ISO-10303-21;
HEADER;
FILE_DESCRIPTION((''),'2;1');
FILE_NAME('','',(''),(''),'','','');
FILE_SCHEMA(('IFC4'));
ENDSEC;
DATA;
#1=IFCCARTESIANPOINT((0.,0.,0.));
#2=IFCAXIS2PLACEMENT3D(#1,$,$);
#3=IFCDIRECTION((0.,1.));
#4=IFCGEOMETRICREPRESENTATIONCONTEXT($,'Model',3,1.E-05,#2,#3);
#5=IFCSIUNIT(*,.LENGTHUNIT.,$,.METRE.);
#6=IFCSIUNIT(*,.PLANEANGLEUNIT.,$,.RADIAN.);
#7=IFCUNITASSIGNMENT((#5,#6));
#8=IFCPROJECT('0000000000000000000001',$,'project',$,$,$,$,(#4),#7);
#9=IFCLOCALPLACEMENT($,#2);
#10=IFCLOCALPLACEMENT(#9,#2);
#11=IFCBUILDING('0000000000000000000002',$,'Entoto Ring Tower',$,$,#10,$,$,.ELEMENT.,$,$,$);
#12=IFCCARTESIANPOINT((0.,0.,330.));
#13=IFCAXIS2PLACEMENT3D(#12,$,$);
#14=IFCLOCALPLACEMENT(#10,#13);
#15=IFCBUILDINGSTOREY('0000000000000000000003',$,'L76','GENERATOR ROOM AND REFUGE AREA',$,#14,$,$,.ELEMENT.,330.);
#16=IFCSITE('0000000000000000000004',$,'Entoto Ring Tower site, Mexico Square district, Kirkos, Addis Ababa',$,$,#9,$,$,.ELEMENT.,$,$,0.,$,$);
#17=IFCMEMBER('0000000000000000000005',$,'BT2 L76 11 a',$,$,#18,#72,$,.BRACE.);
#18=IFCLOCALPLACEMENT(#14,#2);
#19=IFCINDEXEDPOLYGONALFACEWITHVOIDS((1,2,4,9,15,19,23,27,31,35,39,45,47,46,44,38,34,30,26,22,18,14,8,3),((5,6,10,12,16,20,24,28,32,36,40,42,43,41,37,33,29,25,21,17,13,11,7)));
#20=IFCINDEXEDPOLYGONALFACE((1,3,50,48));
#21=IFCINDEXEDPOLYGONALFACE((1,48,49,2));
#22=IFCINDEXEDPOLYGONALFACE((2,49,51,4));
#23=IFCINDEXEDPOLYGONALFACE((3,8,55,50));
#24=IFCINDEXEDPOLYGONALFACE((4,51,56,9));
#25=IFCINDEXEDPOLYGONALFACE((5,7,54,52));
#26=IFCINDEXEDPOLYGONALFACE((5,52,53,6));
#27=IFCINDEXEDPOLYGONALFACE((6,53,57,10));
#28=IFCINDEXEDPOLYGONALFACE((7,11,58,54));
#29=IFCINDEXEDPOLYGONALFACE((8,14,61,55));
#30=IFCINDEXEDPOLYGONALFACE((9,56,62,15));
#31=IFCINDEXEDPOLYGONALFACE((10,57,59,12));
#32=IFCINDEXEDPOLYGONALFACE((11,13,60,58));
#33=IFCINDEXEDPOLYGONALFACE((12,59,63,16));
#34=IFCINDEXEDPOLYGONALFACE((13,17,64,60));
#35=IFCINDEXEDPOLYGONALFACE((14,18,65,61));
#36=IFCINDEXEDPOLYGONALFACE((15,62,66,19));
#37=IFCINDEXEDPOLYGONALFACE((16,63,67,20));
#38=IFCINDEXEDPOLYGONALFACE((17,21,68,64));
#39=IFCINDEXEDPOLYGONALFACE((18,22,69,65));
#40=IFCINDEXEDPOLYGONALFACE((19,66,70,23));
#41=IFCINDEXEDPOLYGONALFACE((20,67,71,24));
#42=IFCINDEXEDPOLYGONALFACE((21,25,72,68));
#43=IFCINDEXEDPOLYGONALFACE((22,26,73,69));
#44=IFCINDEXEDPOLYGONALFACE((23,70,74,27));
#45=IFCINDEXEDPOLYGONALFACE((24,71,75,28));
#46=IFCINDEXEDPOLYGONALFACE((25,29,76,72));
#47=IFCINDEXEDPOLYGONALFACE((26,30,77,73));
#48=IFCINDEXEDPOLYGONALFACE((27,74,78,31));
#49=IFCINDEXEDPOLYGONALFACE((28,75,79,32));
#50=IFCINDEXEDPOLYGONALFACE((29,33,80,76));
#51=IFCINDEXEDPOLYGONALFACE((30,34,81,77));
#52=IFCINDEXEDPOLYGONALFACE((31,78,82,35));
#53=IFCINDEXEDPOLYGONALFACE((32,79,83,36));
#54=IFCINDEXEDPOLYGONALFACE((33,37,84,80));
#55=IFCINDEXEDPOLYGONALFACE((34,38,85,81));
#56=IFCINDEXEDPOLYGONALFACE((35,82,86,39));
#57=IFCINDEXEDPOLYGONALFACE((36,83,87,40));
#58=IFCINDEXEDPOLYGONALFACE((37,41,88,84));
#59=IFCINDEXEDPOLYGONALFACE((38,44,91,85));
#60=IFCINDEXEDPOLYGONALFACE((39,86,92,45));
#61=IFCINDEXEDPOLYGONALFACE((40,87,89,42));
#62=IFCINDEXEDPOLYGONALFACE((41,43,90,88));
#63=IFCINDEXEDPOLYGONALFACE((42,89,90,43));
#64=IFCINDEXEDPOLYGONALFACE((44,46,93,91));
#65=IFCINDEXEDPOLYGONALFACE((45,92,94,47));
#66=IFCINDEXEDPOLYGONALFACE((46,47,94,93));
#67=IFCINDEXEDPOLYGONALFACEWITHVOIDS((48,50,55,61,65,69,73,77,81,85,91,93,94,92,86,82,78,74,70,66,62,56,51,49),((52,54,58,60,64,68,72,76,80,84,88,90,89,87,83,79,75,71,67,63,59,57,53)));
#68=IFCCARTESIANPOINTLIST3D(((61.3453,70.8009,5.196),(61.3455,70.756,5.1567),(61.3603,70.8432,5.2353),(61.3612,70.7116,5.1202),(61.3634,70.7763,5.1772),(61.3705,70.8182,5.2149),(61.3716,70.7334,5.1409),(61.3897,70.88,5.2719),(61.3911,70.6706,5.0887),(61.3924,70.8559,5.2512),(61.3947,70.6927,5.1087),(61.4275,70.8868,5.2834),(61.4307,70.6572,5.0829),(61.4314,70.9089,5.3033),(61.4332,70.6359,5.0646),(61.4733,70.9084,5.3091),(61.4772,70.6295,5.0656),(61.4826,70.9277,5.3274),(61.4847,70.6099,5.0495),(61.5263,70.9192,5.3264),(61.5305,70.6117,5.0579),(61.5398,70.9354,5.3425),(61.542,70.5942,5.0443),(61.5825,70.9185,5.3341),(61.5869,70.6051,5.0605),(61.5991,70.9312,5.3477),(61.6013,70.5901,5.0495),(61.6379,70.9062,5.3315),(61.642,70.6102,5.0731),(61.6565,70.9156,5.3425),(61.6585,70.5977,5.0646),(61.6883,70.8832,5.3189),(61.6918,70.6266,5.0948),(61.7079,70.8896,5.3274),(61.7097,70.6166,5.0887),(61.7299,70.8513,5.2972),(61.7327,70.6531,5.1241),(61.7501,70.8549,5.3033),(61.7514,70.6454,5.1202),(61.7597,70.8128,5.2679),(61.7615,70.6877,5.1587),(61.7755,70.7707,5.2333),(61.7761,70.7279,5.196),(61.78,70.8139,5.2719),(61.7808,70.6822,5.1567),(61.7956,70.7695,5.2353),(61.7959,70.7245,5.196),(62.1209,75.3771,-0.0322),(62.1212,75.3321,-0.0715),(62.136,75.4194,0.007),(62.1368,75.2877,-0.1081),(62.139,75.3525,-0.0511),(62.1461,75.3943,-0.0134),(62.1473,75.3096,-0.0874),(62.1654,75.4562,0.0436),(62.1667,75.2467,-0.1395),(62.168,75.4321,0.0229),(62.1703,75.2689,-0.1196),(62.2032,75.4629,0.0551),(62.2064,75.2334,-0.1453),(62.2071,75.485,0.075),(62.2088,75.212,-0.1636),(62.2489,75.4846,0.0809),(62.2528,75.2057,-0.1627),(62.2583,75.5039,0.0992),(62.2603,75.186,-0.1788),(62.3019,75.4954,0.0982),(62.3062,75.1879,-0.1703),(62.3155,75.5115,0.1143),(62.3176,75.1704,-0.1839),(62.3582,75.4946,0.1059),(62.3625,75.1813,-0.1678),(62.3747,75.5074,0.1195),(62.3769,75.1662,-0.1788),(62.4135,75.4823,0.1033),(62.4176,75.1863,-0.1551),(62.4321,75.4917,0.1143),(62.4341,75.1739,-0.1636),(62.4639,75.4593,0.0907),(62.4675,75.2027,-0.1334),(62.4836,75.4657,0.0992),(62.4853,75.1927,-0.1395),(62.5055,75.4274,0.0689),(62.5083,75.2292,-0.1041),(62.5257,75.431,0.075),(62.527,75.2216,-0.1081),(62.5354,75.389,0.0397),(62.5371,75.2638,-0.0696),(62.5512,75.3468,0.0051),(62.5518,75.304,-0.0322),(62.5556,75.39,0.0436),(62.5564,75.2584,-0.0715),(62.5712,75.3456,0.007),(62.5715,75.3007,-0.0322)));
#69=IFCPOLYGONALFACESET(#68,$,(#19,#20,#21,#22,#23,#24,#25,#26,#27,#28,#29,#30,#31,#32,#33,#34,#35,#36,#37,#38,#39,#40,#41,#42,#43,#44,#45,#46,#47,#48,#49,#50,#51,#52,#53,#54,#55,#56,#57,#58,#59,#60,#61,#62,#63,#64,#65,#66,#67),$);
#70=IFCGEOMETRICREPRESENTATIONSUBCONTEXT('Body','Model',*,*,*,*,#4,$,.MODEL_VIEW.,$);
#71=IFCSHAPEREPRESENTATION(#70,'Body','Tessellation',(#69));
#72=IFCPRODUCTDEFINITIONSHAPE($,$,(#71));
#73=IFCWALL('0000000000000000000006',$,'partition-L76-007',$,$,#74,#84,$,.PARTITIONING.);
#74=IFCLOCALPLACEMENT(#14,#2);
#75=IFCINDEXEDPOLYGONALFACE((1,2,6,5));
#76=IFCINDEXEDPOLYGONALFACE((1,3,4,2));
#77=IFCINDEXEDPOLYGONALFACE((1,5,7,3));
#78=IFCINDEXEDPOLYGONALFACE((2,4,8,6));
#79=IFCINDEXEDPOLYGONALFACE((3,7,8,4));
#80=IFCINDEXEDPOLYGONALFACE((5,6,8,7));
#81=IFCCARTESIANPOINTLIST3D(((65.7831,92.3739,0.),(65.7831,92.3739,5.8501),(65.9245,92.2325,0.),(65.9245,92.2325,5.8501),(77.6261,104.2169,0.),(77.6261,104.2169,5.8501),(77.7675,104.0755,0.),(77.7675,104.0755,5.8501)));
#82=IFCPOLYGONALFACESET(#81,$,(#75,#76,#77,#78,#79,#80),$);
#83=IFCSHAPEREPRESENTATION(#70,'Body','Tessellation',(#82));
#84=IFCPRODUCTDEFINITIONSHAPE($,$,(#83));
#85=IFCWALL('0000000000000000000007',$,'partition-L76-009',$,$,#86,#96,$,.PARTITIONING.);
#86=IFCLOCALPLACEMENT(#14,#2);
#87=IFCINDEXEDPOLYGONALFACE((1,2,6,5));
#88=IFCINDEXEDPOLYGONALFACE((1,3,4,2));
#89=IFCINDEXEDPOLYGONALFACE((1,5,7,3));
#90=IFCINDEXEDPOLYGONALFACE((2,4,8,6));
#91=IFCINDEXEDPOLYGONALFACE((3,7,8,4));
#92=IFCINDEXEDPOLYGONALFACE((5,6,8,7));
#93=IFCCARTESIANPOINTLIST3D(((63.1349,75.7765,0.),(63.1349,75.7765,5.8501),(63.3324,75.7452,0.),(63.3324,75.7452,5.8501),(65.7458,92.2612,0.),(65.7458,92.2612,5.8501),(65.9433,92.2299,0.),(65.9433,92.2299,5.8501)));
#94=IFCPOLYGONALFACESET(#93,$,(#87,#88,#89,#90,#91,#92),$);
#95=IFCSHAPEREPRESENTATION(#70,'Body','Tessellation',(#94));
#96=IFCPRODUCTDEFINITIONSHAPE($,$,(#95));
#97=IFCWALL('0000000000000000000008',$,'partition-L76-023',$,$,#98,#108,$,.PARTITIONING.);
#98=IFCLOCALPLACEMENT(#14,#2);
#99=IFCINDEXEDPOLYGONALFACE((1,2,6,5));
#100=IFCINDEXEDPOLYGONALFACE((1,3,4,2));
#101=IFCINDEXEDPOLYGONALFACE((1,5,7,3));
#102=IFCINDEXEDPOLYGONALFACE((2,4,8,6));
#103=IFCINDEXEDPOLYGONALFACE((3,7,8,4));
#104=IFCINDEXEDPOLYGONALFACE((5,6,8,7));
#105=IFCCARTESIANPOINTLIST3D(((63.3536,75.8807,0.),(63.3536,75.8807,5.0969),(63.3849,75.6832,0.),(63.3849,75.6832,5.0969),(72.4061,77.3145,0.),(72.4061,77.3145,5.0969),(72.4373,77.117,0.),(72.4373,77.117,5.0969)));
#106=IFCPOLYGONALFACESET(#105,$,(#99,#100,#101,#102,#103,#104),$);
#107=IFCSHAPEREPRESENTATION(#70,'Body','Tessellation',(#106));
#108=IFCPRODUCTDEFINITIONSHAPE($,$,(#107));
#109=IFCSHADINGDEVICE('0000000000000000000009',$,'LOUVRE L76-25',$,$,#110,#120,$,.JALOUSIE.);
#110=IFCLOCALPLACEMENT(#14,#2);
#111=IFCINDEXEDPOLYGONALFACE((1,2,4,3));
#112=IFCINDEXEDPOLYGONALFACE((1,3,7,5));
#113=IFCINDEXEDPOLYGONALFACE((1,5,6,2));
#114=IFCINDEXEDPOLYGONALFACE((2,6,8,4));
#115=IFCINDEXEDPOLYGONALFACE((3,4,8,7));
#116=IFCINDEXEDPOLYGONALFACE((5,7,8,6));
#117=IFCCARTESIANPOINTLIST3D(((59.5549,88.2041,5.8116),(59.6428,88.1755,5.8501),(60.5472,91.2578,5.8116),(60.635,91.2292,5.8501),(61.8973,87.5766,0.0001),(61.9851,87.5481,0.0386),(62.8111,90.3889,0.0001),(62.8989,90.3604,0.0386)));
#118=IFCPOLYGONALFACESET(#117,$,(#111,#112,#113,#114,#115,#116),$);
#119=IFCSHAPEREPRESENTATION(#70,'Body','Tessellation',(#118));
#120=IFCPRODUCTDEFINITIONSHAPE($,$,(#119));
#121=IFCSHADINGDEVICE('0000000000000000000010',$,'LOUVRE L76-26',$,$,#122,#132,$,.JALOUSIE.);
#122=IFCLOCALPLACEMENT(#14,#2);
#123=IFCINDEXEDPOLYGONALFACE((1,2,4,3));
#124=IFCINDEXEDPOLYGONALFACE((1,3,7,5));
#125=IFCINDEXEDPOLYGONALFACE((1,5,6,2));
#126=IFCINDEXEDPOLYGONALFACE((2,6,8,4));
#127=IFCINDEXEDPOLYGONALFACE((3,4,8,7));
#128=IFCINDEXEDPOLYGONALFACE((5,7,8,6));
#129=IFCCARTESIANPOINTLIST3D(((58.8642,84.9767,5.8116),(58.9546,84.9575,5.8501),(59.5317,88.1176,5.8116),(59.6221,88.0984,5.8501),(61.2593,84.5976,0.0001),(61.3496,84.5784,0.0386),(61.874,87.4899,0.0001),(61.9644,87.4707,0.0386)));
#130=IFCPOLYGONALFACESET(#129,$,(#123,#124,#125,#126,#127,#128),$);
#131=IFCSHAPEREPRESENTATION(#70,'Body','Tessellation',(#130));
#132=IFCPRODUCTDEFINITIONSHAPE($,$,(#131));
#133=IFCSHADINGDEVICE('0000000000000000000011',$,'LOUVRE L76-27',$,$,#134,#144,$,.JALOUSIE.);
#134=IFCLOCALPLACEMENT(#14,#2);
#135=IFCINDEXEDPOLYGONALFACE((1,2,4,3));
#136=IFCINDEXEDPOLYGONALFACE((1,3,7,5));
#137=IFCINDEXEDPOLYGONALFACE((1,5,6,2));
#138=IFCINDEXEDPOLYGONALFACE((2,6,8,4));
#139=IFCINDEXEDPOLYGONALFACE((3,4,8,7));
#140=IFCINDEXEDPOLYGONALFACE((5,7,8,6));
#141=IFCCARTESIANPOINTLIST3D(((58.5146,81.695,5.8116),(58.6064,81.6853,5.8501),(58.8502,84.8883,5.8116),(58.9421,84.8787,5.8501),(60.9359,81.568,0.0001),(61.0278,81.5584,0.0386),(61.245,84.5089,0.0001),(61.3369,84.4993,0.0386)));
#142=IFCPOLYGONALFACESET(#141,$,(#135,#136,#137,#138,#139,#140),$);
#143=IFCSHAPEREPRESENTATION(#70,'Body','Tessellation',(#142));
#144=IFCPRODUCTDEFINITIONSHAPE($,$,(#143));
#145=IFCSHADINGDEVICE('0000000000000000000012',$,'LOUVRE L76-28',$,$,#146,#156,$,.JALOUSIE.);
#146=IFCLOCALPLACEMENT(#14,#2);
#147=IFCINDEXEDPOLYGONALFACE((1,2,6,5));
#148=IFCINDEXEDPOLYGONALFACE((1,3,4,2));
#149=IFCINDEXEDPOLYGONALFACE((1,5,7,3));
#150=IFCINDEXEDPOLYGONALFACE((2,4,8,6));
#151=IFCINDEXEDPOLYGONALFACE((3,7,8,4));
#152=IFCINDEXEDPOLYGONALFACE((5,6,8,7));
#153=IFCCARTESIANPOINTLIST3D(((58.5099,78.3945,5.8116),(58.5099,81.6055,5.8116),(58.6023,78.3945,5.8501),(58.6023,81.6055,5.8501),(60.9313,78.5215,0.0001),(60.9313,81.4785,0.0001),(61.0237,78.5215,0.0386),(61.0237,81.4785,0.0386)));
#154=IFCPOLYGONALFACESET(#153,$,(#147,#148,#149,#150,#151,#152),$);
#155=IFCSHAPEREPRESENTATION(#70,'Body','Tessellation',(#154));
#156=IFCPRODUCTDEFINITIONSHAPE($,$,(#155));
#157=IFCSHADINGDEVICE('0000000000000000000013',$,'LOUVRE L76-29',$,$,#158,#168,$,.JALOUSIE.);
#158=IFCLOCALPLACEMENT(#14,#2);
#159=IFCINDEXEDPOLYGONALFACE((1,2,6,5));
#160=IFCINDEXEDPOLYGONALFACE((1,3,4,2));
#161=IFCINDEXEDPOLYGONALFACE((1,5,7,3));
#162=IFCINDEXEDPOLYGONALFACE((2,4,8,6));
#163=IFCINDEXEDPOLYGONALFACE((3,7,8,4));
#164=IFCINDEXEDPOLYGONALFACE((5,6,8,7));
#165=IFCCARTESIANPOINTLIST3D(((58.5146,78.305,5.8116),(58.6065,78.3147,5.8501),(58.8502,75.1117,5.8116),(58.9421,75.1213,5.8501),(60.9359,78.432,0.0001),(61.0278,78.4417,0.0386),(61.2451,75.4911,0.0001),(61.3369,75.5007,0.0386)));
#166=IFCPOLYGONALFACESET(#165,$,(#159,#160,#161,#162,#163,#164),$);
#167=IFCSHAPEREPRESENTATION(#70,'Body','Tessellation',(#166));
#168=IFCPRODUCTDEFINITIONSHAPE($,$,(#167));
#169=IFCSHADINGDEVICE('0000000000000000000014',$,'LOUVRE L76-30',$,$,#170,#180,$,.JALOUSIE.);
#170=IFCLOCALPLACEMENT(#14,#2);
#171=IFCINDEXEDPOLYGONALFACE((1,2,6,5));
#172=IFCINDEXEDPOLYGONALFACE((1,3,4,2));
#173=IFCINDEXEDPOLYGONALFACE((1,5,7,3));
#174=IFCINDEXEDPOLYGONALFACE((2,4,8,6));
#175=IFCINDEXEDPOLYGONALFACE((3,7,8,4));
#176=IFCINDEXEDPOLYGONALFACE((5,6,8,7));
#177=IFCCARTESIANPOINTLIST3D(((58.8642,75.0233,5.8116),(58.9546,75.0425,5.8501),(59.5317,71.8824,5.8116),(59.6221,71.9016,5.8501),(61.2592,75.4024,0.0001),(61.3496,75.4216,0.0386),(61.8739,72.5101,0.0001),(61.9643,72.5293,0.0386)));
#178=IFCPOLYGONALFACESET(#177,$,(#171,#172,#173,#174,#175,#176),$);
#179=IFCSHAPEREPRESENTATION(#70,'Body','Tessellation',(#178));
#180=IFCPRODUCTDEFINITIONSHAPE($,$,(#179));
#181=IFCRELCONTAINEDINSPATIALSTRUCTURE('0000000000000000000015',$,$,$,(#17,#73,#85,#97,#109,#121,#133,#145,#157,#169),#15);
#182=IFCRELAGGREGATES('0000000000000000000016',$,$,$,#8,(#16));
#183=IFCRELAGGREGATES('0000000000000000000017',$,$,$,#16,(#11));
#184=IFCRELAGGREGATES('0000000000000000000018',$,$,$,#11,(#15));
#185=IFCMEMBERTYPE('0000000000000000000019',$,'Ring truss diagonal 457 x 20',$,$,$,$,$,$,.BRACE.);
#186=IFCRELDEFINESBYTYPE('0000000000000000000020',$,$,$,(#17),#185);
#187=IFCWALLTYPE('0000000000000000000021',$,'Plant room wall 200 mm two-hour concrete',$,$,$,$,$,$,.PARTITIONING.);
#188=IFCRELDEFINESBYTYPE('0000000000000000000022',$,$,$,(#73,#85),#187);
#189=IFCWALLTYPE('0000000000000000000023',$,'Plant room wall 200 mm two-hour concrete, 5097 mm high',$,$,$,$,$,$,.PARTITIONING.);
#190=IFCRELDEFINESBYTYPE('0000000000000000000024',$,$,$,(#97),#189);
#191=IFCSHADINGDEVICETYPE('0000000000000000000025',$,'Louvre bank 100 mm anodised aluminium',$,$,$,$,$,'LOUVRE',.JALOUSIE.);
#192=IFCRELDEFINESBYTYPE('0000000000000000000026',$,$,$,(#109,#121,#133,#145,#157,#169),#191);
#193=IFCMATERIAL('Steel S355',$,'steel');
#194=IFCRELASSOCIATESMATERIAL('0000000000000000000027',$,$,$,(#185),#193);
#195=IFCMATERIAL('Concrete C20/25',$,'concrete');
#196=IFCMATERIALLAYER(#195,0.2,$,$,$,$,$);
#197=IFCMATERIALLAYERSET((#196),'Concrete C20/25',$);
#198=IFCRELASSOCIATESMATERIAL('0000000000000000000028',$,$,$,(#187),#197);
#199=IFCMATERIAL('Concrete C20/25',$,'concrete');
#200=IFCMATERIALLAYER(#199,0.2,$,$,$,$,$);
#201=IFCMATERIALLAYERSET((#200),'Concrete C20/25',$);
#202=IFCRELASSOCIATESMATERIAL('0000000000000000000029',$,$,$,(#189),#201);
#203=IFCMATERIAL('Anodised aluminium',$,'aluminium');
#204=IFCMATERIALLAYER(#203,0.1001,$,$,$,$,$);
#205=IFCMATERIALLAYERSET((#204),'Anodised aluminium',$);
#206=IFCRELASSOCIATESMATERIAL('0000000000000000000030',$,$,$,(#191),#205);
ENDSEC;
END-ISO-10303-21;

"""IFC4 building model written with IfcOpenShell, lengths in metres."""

from ifc_helpers import new_model, si_unit, direction, frame, frame_2d, origin, origin_2d, place, context, subcontext, project, spatial, polyline, rectangle, circle, hollow_circle, outline, extrude, material, layer, layer_set, material_profile, profile_set, type_object, element, save


model = new_model("IFC4")

# Units and contexts
model_context = context("Model", 3, precision=1e-05, world=origin(), true_north=direction((0.0, 1.0)))
body_context = subcontext(model_context, "Body", "Model", "MODEL_VIEW")
ifc_project = project(units=[si_unit("LENGTHUNIT", "METRE"), si_unit("PLANEANGLEUNIT", "RADIAN")], contexts=[model_context])

# Site, building, storey
site_placement = place(None, origin())
site = spatial("IfcSite", under=ifc_project, at=site_placement, Name="Entoto Ring Tower site, Mexico Square district, Kirkos, Addis Ababa", CompositionType="ELEMENT", RefElevation=0.0)
building_placement = place(site_placement, origin())
building = spatial("IfcBuilding", under=site, at=building_placement, Name="Entoto Ring Tower", CompositionType="ELEMENT")
storey_placement = place(building_placement, frame((0.0, 0.0, 330.0)))
storey = spatial("IfcBuildingStorey", under=building, at=storey_placement, Name="L76", Description="GENERATOR ROOM AND REFUGE AREA", CompositionType="ELEMENT", Elevation=330.0)

# Member
ifc_material_1 = material(Name="Steel S355", Category="steel")
ifc_material_profile_1 = material_profile(ifc_material_1, hollow_circle(Radius=0.2285, WallThickness=0.02, at=origin_2d()), Name="CHS 457 x 20")
ifc_material_2 = material(Name="Concrete C60/75", Category="concrete")
ifc_material_profile_2 = material_profile(ifc_material_2, circle(Radius=0.2085, at=origin_2d()), Name="Concrete C60/75 infill")
ifc_profile_set_1 = profile_set([ifc_material_profile_1, ifc_material_profile_2], Name="Steel S355")
member_type_1 = type_object("IfcMemberType", Name="Ring truss diagonal 457 x 20", PredefinedType="BRACE", material=ifc_profile_set_1)
for number, where, z_axis, x_axis, name in (
    (1, (62.3462, 75.3389, -0.0322), (-0.110943, -0.654556, 0.747829), (0.985938, -0.167111, 0.0), "BT2 L76 11 a"),
):
    element("IfcMember", number, at=place(storey_placement, frame(where, z_axis=z_axis, x_axis=x_axis)), inside=storey, type_object=member_type_1, Name=name, PredefinedType="BRACE", context=body_context, shape_type="SweptSolid", body=[
        extrude(hollow_circle(Radius=0.2285, WallThickness=0.02, at=origin_2d()), origin(), (0.0, 0.0, 1.0), 6.9912),
    ])

# Walls
ifc_material_3 = material(Name="Concrete C20/25", Category="concrete")
ifc_layer_1 = layer(ifc_material_3, 0.2)
ifc_layer_set_1 = layer_set([ifc_layer_1], Name="Concrete C20/25")
wall_type_1 = type_object("IfcWallType", Name="Plant room wall 200 mm two-hour concrete", PredefinedType="PARTITIONING", material=ifc_layer_set_1)
wall_1_placement = place(storey_placement, frame((65.8538, 92.3032, 0.0), z_axis=(0.0, 0.0, 1.0), x_axis=(0.707107, 0.707107, 0.0)))
element("IfcWall", 2, at=wall_1_placement, inside=storey, type_object=wall_type_1, Name="partition-L76-007", PredefinedType="PARTITIONING", context=body_context, shape_type="SweptSolid", body=[
    extrude(rectangle(XDim=16.7485, YDim=0.2, at=frame_2d((8.3743, 0.0))), origin(), (0.0, 0.0, 1.0), 5.8501),
])
wall_2_placement = place(storey_placement, frame((63.2336, 75.7607, 0.0), z_axis=(0.0, 0.0, 1.0), x_axis=(0.156431, 0.987689, 0.0)))
element("IfcWall", 3, at=wall_2_placement, inside=storey, type_object=wall_type_1, Name="partition-L76-009", PredefinedType="PARTITIONING", context=body_context, shape_type="SweptSolid", body=[
    extrude(rectangle(XDim=16.6902, YDim=0.2, at=frame_2d((8.3452, 0.0))), origin(), (0.0, 0.0, 1.0), 5.8501),
])
ifc_material_4 = material(Name="Concrete C20/25", Category="concrete")
ifc_layer_2 = layer(ifc_material_4, 0.2)
ifc_layer_set_2 = layer_set([ifc_layer_2], Name="Concrete C20/25")
wall_type_2 = type_object("IfcWallType", Name="Plant room wall 200 mm two-hour concrete, 5097 mm high", PredefinedType="PARTITIONING", material=ifc_layer_set_2)
wall_3_placement = place(storey_placement, frame((63.3694, 75.782, 0.0), z_axis=(0.0, 0.0, 1.0), x_axis=(0.987687, 0.156441, 0.0)))
element("IfcWall", 4, at=wall_3_placement, inside=storey, type_object=wall_type_2, Name="partition-L76-023", PredefinedType="PARTITIONING", context=body_context, shape_type="SweptSolid", body=[
    extrude(rectangle(XDim=9.1653, YDim=0.2, at=frame_2d((4.5825, 0.0))), origin(), (0.0, 0.0, 1.0), 5.0969),
])

# Shading devices
ifc_material_5 = material(Name="Anodised aluminium", Category="aluminium")
ifc_layer_3 = layer(ifc_material_5, 0.1001)
ifc_layer_set_3 = layer_set([ifc_layer_3], Name="Anodised aluminium")
shading_device_type = type_object("IfcShadingDeviceType", Name="Louvre bank 100 mm anodised aluminium", ElementType="LOUVRE", PredefinedType="JALOUSIE", material=ifc_layer_set_3)
shading_device_1_placement = place(storey_placement, frame((62.8989, 90.3604, 0.0386), z_axis=(0.877891, -0.28525, 0.38463), x_axis=(-0.309024, -0.951054, 0.000005)))
element("IfcShadingDevice", 5, at=shading_device_1_placement, inside=storey, type_object=shading_device_type, Name="LOUVRE L76-25", PredefinedType="JALOUSIE", context=body_context, shape_type="SweptSolid", body=[
    extrude(outline(polyline([(0.0, 0.0), (2.957, 0.0), (3.0841, -6.2958), (-0.1267, -6.2959), (0.0, 0.0)])), origin(), (0.0, 0.0, -1.0), 0.1001),
])
shading_device_2_placement = place(storey_placement, frame((61.9644, 87.4707, 0.0386), z_axis=(0.902906, -0.191893, 0.384628), x_axis=(-0.207887, -0.978153, 0.000005)))
element("IfcShadingDevice", 6, at=shading_device_2_placement, inside=storey, type_object=shading_device_type, Name="LOUVRE L76-26", PredefinedType="JALOUSIE", context=body_context, shape_type="SweptSolid", body=[
    extrude(outline(polyline([(0.0, 0.0), (2.9569, 0.0), (3.084, -6.2958), (-0.127, -6.2959), (0.0, 0.0)])), origin(), (0.0, 0.0, -1.0), 0.1001),
])
shading_device_3_placement = place(storey_placement, frame((61.3369, 84.4993, 0.0386), z_axis=(0.918026, -0.096494, 0.3846), x_axis=(-0.104532, -0.994521, -0.000005)))
element("IfcShadingDevice", 7, at=shading_device_3_placement, inside=storey, type_object=shading_device_type, Name="LOUVRE L76-27", PredefinedType="JALOUSIE", context=body_context, shape_type="SweptSolid", body=[
    extrude(outline(polyline([(0.0, 0.0), (2.9571, 0.0), (3.0839, -6.2958), (-0.127, -6.2958), (0.0, 0.0)])), origin(), (0.0, 0.0, -1.0), 0.1001),
])
shading_device_4_placement = place(storey_placement, frame((61.0237, 81.4785, 0.0386), z_axis=(0.923082, 0.0, 0.384604), x_axis=(0.0, -1.0, 0.0)))
element("IfcShadingDevice", 8, at=shading_device_4_placement, inside=storey, type_object=shading_device_type, Name="LOUVRE L76-28", PredefinedType="JALOUSIE", context=body_context, shape_type="SweptSolid", body=[
    extrude(outline(polyline([(0.0, 0.0), (2.957, 0.0), (3.084, -6.2958), (-0.127, -6.2958), (0.0, 0.0)])), origin(), (0.0, 0.0, -1.0), 0.1001),
])
shading_device_5_placement = place(storey_placement, frame((61.0278, 78.4417, 0.0386), z_axis=(0.918026, 0.096494, 0.3846), x_axis=(0.104532, -0.994521, 0.000005)))
element("IfcShadingDevice", 9, at=shading_device_5_placement, inside=storey, type_object=shading_device_type, Name="LOUVRE L76-29", PredefinedType="JALOUSIE", context=body_context, shape_type="SweptSolid", body=[
    extrude(outline(polyline([(0.0, 0.0), (2.9571, 0.0), (3.0841, -6.2958), (-0.1268, -6.2958), (0.0, 0.0)])), origin(), (0.0, 0.0, -1.0), 0.1001),
])
shading_device_6_placement = place(storey_placement, frame((61.3496, 75.4216, 0.0386), z_axis=(0.902906, 0.191893, 0.384628), x_axis=(0.207887, -0.978153, -0.000005)))
element("IfcShadingDevice", 10, at=shading_device_6_placement, inside=storey, type_object=shading_device_type, Name="LOUVRE L76-30", PredefinedType="JALOUSIE", context=body_context, shape_type="SweptSolid", body=[
    extrude(outline(polyline([(0.0, 0.0), (2.9569, 0.0), (3.084, -6.2959), (-0.1271, -6.2958), (0.0, 0.0)])), origin(), (0.0, 0.0, -1.0), 0.1001),
])

save(model, "model.ifc")
